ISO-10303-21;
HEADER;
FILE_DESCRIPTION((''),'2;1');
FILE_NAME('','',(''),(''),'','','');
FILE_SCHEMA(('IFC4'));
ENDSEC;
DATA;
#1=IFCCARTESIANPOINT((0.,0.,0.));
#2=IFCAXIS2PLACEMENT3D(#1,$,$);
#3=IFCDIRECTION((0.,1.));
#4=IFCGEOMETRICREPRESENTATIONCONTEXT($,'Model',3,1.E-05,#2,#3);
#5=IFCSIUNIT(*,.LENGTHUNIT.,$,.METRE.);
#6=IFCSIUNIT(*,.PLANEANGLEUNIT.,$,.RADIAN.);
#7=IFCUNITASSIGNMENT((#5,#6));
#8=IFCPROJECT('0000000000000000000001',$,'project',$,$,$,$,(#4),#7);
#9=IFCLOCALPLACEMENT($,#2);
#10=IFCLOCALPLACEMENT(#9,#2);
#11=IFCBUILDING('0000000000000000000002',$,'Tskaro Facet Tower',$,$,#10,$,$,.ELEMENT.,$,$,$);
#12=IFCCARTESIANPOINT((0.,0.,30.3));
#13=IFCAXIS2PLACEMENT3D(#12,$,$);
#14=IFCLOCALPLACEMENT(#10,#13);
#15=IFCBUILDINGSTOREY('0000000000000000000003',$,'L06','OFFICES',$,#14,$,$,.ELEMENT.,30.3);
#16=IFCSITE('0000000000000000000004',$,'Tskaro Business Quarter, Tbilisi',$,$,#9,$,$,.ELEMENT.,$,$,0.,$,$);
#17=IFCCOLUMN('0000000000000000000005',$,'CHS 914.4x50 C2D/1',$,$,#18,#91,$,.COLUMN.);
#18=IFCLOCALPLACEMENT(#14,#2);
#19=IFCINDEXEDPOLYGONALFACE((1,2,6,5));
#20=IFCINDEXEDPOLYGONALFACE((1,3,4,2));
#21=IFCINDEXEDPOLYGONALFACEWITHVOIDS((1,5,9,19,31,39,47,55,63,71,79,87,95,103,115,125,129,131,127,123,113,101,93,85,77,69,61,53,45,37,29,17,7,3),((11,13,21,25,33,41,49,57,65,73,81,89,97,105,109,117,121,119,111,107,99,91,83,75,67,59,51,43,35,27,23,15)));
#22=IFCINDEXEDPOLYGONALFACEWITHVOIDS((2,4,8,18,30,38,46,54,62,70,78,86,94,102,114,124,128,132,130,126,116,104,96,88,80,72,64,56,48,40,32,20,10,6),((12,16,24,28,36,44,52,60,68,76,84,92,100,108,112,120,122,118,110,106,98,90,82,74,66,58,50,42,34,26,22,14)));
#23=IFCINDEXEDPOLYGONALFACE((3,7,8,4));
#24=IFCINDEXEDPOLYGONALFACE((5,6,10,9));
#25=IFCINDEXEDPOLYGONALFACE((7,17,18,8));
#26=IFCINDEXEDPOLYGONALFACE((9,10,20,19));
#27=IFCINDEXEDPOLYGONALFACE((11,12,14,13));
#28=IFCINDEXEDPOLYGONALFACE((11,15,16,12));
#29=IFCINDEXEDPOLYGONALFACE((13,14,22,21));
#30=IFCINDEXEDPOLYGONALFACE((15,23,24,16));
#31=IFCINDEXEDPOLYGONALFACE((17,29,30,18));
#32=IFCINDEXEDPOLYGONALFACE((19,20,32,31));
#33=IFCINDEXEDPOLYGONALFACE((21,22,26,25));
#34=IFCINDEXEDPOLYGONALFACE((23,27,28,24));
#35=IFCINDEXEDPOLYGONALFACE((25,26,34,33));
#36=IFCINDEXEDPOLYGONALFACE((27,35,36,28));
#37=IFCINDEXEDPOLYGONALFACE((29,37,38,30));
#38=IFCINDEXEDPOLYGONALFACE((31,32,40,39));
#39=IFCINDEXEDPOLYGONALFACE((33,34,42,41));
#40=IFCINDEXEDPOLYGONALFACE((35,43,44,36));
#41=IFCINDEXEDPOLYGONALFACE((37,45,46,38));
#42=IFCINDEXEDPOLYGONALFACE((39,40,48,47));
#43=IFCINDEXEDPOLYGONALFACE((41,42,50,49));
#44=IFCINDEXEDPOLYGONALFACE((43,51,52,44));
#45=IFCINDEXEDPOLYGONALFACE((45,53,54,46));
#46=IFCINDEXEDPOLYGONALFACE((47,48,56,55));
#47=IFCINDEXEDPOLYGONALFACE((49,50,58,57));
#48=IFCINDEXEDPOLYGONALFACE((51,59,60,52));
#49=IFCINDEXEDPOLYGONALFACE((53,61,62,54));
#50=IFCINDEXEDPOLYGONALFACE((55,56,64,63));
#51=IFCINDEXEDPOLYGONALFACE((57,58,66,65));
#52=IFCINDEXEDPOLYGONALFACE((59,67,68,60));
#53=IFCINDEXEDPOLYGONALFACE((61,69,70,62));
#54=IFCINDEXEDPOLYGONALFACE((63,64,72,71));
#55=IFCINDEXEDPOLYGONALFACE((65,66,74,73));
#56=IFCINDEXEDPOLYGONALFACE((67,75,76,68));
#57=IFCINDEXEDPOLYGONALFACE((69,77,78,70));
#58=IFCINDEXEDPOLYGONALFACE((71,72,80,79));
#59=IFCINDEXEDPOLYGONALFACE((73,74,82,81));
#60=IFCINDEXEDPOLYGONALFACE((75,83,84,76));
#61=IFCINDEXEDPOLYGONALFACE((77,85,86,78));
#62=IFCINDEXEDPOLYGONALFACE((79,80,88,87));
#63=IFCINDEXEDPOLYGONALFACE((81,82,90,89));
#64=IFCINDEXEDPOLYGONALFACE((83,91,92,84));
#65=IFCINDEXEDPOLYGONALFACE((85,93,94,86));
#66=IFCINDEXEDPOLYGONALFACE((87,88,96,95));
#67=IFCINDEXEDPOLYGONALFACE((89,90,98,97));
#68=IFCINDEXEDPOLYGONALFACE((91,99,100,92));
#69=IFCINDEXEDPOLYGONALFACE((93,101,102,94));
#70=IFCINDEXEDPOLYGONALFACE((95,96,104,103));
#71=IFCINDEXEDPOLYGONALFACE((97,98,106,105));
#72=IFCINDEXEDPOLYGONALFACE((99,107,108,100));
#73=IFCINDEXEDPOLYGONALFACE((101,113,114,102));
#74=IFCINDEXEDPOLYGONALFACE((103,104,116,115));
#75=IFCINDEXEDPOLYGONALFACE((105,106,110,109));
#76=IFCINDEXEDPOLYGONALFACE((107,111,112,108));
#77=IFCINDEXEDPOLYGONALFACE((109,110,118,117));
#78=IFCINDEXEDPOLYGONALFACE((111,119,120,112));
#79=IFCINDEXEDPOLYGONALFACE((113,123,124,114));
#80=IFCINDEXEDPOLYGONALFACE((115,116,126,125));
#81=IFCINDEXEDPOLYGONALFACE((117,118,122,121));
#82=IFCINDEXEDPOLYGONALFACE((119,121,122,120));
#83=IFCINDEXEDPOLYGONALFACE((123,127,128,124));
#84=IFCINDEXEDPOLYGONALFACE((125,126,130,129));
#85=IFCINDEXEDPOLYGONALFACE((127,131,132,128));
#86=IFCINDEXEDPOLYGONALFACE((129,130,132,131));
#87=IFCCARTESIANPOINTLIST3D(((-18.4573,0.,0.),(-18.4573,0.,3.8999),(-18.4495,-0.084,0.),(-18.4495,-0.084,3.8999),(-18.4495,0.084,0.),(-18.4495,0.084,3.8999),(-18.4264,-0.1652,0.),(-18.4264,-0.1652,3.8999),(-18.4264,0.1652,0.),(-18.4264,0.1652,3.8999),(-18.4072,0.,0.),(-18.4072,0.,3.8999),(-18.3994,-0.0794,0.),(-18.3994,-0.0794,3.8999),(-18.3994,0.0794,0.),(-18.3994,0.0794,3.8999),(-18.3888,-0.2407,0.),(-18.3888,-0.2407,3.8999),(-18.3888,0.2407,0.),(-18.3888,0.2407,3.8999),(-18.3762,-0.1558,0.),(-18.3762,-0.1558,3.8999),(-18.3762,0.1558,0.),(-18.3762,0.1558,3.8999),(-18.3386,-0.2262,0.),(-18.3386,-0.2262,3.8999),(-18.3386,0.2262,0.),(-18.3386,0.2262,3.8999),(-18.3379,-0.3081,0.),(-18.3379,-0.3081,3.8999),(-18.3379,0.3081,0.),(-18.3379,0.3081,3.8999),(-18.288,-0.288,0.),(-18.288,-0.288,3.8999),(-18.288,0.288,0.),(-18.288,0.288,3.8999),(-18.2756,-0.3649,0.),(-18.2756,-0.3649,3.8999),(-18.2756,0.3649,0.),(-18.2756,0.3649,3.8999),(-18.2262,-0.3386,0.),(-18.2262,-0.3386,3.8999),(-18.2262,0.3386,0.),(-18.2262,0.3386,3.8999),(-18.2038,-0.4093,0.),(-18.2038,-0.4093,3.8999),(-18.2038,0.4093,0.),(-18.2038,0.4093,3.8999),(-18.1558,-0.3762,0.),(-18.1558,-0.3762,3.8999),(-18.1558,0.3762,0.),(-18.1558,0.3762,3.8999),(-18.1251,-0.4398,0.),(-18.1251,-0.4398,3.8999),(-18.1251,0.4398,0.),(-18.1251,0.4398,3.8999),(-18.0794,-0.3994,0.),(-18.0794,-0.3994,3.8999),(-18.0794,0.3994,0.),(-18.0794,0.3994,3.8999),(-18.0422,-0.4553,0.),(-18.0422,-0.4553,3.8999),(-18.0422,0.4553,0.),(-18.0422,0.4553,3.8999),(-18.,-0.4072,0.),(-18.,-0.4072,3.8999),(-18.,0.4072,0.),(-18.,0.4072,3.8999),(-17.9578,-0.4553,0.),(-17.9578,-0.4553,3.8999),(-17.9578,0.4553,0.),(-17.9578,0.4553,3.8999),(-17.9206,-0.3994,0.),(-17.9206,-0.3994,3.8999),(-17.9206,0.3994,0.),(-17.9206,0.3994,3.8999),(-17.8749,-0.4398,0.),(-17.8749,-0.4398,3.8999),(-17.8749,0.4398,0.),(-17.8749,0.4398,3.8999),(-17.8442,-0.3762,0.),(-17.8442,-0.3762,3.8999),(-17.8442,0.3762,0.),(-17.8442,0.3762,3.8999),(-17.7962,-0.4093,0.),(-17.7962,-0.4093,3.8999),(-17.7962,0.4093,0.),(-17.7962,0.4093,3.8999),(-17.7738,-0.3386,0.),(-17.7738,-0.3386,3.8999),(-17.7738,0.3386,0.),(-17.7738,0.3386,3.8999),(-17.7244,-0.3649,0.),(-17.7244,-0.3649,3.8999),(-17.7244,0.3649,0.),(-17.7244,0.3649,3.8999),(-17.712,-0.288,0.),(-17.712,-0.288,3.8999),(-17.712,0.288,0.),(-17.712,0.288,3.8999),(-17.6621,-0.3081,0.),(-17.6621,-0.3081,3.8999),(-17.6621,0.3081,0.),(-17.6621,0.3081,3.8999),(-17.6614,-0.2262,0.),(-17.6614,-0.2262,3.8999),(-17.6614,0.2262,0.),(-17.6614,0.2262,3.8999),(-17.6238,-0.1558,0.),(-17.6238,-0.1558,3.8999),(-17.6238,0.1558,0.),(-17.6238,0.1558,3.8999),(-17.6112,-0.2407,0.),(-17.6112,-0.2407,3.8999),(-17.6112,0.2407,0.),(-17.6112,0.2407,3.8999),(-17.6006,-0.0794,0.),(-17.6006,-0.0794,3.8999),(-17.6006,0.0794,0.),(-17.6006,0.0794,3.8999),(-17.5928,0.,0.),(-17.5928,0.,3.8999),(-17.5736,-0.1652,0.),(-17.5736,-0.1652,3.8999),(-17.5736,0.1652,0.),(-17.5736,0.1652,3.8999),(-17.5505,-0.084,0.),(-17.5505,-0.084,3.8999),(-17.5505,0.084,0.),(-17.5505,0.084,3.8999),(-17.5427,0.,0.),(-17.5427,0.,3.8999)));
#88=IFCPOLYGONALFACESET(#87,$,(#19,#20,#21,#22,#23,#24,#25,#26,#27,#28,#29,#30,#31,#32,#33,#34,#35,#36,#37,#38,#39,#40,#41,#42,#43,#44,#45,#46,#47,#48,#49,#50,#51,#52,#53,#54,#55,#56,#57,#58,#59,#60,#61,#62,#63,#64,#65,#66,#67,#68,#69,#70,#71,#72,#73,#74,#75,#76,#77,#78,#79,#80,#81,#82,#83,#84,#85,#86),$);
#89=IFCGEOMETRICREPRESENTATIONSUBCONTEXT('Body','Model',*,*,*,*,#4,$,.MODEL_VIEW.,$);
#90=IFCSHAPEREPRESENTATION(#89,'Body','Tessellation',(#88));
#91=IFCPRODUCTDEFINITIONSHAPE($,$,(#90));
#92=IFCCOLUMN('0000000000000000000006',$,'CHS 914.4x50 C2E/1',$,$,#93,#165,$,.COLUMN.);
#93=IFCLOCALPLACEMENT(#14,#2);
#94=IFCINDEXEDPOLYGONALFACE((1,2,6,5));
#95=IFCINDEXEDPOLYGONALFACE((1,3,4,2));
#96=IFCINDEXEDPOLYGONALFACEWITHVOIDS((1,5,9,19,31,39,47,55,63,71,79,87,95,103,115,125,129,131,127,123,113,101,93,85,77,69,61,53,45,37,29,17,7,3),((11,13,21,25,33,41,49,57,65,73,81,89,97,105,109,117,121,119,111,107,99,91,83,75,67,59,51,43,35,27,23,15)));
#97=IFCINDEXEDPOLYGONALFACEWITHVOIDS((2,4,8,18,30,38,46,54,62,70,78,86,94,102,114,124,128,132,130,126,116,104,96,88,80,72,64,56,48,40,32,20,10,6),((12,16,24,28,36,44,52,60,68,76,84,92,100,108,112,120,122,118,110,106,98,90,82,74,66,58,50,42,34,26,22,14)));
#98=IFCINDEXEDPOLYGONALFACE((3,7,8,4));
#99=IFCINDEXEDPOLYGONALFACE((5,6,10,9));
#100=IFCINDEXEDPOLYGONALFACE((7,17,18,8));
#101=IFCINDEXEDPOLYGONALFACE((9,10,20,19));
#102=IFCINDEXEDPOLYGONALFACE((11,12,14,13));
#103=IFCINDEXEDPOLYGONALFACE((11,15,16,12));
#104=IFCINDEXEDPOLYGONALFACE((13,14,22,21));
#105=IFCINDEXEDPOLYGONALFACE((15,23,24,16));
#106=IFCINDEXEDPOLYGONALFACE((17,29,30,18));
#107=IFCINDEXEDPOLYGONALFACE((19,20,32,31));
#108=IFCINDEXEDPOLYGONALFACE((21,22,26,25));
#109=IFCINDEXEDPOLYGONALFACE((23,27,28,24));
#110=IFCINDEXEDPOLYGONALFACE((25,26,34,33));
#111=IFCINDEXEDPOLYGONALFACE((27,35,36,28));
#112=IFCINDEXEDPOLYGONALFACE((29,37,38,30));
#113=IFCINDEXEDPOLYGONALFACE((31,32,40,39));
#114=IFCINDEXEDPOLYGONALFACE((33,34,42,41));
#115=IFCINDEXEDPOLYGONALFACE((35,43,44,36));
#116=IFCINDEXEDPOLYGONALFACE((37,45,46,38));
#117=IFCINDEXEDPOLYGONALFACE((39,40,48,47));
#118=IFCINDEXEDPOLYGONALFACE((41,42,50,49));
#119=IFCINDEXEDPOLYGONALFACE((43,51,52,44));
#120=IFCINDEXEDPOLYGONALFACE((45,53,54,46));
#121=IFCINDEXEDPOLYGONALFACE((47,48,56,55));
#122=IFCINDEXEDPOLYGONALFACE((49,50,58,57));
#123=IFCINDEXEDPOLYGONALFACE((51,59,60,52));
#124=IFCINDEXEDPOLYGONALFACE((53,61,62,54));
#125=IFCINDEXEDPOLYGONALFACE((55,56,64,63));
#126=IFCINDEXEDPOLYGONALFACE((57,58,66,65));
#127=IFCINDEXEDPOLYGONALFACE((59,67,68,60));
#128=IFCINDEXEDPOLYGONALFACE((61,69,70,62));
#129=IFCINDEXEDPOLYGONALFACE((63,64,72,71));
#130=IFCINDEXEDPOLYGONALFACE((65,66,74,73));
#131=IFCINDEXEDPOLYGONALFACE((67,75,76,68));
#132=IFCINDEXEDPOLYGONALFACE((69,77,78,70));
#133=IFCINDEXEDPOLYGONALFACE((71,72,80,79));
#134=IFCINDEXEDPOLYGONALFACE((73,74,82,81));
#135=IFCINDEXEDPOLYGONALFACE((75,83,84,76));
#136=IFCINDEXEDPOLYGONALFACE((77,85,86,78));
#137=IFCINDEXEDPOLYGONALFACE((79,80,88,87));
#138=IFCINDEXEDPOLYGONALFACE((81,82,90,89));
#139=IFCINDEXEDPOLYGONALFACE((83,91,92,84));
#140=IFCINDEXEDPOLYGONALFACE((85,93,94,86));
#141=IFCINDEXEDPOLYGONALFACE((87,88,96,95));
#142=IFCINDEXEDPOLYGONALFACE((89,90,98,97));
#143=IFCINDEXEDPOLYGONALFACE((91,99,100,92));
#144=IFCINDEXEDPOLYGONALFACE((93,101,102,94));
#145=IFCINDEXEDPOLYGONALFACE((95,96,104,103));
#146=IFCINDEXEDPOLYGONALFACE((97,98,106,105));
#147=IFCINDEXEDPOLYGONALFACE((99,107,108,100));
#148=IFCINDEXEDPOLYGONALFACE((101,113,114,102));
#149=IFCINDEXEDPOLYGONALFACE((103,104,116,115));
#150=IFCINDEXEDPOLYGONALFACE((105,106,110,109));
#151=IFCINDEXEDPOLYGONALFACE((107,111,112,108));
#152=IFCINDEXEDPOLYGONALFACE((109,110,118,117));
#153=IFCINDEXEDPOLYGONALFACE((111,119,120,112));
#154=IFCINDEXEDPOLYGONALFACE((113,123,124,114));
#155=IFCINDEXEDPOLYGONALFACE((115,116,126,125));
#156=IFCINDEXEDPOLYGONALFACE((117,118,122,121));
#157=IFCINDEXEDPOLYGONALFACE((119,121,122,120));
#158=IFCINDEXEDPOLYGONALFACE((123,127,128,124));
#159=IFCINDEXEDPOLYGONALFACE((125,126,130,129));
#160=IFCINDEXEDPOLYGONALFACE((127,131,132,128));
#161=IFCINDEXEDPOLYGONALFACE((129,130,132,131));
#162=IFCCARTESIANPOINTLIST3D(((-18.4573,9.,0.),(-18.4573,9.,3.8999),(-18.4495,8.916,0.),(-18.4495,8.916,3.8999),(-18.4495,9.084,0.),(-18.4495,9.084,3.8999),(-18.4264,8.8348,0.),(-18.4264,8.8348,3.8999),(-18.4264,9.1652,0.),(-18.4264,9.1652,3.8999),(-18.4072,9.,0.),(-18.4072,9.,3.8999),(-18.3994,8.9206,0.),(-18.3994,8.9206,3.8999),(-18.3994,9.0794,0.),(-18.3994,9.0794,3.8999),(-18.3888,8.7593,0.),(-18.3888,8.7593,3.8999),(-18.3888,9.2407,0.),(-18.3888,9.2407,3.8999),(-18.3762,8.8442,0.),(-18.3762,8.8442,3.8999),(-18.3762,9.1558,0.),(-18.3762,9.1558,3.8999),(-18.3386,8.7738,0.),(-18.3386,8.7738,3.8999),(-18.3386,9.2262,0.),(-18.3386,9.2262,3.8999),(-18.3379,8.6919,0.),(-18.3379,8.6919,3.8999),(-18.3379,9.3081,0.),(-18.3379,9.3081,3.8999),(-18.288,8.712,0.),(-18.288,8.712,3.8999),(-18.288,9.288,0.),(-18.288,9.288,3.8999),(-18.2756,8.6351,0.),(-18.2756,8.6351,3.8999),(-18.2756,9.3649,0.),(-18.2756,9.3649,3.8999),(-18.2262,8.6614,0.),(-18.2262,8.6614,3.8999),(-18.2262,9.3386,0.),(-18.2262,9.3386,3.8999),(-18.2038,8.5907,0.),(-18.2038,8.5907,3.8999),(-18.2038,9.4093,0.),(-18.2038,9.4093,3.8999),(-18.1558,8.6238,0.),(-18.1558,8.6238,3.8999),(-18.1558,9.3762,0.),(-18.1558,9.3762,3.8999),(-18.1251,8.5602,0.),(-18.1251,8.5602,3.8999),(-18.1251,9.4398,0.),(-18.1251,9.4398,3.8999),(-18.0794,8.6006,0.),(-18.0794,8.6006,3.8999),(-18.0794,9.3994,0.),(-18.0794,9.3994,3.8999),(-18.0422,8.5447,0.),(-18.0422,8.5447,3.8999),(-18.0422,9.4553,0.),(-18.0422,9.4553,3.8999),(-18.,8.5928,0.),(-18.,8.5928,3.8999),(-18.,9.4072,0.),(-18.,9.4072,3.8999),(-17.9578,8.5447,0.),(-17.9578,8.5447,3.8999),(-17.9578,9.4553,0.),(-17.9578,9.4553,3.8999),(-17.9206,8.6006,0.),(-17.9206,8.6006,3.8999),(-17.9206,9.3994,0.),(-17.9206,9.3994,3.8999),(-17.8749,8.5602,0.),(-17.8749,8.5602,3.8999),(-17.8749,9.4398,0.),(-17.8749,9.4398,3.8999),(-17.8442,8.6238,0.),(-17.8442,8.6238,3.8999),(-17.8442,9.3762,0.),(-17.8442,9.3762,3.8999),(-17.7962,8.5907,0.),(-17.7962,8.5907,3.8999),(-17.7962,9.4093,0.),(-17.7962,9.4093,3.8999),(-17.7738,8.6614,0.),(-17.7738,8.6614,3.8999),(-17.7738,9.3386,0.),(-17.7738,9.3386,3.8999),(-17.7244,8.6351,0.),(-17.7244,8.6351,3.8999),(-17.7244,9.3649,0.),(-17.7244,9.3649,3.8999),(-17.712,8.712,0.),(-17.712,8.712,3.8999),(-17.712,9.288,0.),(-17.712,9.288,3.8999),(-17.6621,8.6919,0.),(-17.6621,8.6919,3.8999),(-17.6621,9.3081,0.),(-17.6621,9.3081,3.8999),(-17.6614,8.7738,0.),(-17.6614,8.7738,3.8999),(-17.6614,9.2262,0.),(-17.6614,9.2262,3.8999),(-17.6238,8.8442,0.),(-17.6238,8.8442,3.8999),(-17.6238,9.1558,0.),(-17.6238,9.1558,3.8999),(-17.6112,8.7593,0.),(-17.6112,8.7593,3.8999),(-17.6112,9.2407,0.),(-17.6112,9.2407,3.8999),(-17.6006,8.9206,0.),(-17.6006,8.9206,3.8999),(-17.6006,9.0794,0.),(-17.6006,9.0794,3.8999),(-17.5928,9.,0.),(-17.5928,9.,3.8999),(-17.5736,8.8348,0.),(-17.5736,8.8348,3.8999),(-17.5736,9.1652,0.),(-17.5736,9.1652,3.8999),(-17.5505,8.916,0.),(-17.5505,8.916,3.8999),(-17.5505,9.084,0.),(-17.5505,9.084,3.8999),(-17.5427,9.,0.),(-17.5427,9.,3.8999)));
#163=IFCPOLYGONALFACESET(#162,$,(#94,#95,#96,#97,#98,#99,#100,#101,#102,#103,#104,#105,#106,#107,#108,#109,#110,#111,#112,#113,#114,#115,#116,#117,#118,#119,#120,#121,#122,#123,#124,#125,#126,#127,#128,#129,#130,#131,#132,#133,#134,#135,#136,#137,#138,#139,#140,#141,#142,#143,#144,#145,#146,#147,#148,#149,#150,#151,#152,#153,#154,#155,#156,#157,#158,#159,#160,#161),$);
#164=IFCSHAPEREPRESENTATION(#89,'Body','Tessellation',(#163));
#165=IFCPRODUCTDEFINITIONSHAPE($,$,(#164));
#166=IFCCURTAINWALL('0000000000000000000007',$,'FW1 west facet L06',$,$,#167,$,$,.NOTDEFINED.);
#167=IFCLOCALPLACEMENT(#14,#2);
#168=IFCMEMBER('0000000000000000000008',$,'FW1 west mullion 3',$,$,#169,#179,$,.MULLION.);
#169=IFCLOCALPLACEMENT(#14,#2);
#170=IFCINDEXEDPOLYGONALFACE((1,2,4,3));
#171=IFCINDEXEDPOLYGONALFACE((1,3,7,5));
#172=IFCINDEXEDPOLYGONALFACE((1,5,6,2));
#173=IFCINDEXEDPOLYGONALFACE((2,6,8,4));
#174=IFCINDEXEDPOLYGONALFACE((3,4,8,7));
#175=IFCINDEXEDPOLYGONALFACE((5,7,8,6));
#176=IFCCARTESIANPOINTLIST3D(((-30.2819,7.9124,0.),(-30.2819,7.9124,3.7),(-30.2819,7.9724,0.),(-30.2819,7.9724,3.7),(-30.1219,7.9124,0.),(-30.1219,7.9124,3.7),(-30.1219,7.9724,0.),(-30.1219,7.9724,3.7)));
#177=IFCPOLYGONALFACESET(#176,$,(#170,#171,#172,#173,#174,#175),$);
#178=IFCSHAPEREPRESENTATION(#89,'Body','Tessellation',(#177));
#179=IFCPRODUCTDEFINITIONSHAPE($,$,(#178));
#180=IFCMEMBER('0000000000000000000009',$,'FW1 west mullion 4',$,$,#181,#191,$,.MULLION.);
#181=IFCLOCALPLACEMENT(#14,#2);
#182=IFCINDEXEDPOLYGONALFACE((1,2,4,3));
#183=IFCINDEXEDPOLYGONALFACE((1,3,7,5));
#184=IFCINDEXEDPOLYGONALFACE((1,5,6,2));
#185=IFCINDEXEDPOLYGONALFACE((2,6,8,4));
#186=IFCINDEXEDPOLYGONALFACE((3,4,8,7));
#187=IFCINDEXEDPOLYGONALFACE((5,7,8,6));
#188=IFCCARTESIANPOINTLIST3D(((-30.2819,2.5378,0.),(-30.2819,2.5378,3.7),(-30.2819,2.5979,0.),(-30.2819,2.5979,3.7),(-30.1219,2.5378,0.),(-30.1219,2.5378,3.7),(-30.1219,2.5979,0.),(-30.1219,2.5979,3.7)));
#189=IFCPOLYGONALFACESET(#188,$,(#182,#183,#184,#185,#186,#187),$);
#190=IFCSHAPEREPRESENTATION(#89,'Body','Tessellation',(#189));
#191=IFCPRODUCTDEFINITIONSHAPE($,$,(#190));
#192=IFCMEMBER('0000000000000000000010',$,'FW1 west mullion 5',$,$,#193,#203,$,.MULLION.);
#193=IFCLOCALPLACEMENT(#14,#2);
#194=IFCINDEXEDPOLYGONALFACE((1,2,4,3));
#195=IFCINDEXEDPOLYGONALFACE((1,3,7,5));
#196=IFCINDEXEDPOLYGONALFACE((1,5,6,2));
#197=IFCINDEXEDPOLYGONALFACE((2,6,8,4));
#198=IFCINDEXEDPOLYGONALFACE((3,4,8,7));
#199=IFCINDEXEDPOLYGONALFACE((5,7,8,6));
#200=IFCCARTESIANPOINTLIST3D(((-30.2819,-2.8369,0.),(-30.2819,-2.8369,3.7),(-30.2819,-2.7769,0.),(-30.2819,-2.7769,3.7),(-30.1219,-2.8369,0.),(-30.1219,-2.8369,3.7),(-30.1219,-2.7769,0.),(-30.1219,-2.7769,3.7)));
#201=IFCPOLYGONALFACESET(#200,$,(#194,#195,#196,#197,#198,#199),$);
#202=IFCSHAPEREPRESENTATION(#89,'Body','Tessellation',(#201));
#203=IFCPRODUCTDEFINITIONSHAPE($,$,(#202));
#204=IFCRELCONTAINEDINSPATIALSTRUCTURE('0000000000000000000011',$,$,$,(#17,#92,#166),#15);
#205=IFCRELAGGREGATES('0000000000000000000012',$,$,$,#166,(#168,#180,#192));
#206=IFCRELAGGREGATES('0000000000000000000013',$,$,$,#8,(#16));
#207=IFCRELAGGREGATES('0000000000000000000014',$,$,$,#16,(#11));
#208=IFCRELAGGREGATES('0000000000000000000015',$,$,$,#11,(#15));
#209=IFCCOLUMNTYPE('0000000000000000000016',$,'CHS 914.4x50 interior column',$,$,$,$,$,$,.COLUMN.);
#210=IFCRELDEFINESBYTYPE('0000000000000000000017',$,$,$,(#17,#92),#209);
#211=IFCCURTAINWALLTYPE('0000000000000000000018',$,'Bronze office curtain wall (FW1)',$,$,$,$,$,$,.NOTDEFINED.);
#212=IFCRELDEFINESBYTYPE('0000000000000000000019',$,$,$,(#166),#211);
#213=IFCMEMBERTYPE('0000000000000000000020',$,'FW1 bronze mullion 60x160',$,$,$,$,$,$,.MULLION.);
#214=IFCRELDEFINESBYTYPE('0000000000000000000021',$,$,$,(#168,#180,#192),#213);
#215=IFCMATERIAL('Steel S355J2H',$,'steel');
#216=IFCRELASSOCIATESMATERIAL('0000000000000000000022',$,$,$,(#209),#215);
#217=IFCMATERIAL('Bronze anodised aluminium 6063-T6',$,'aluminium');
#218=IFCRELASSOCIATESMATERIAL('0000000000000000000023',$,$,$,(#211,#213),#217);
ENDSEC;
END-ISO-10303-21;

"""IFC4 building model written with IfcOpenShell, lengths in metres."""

from ifc_helpers import new_model, si_unit, direction, frame, origin, origin_2d, place, context, subcontext, project, spatial, rectangle, hollow_circle, extrude, material, material_profile, profile_set, type_object, element, aggregate, save


model = new_model("IFC4")

# Units and contexts
model_context = context("Model", 3, precision=1e-05, world=origin(), true_north=direction((0.0, 1.0)))
body_context = subcontext(model_context, "Body", "Model", "MODEL_VIEW")
ifc_project = project(units=[si_unit("LENGTHUNIT", "METRE"), si_unit("PLANEANGLEUNIT", "RADIAN")], contexts=[model_context])

# Site, building, storey
site_placement = place(None, origin())
site = spatial("IfcSite", under=ifc_project, at=site_placement, Name="Tskaro Business Quarter, Tbilisi", CompositionType="ELEMENT", RefElevation=0.0)
building_placement = place(site_placement, origin())
building = spatial("IfcBuilding", under=site, at=building_placement, Name="Tskaro Facet Tower", CompositionType="ELEMENT")
storey_placement = place(building_placement, frame((0.0, 0.0, 30.3)))
storey = spatial("IfcBuildingStorey", under=building, at=storey_placement, Name="L06", Description="OFFICES", CompositionType="ELEMENT", Elevation=30.3)

# Columns
ifc_material_1 = material(Name="Steel S355J2H", Category="steel")
ifc_material_profile_1 = material_profile(ifc_material_1, hollow_circle(Radius=0.4573, WallThickness=0.05, at=origin_2d()), Name="CHS 914.4x50")
ifc_profile_set_1 = profile_set([ifc_material_profile_1], Name="Steel S355J2H")
column_type_1 = type_object("IfcColumnType", Name="CHS 914.4x50 interior column", PredefinedType="COLUMN", material=ifc_profile_set_1)
for number, where, z_axis, x_axis, name in (
    (1, (-18.0, 0.0, 0.0), (0.0, 0.0, 1.0), (1.0, 0.0, 0.0), "CHS 914.4x50 C2D/1"),
    (2, (-18.0, 9.0, 0.0), (0.0, 0.0, 1.0), (1.0, 0.0, 0.0), "CHS 914.4x50 C2E/1"),
):
    element("IfcColumn", number, at=place(storey_placement, frame(where, z_axis=z_axis, x_axis=x_axis)), inside=storey, type_object=column_type_1, Name=name, PredefinedType="COLUMN", context=body_context, shape_type="SweptSolid", body=[
        extrude(hollow_circle(Radius=0.4573, WallThickness=0.05, at=origin_2d()), origin(), (0.0, 0.0, 1.0), 3.8999),
    ])

# Curtain wall, members
ifc_material_2 = material(Name="Bronze anodised aluminium 6063-T6", Category="aluminium")
curtain_wall_type = type_object("IfcCurtainWallType", Name="Bronze office curtain wall (FW1)", PredefinedType="NOTDEFINED", material=ifc_material_2)
curtain_wall_placement = place(storey_placement, origin())
curtain_wall = element("IfcCurtainWall", 3, at=curtain_wall_placement, inside=storey, type_object=curtain_wall_type, Name="FW1 west facet L06", PredefinedType="NOTDEFINED")
ifc_material_profile_2 = material_profile(ifc_material_2, rectangle(XDim=0.0601, YDim=0.1599, at=origin_2d()), Name="Mullion 60x160")
ifc_profile_set_2 = profile_set([ifc_material_profile_2], Name="Bronze anodised aluminium 6063-T6")
member_type_1 = type_object("IfcMemberType", Name="FW1 bronze mullion 60x160", PredefinedType="MULLION", material=ifc_profile_set_2)
member_1_placement = place(storey_placement, frame((-30.2019, 7.9424, 0.0), z_axis=(0.0, 0.0, 1.0), x_axis=(0.0, -1.0, 0.0)))
member_1 = element("IfcMember", 4, at=member_1_placement, type_object=member_type_1, Name="FW1 west mullion 3", PredefinedType="MULLION", context=body_context, shape_type="SweptSolid", body=[
    extrude(rectangle(XDim=0.0601, YDim=0.1599, at=origin_2d()), origin(), (0.0, 0.0, 1.0), 3.7),
])
member_2_placement = place(storey_placement, frame((-30.2019, 2.5679, 0.0), z_axis=(0.0, 0.0, 1.0), x_axis=(0.0, -1.0, 0.0)))
member_2 = element("IfcMember", 5, at=member_2_placement, type_object=member_type_1, Name="FW1 west mullion 4", PredefinedType="MULLION", context=body_context, shape_type="SweptSolid", body=[
    extrude(rectangle(XDim=0.0601, YDim=0.1599, at=origin_2d()), origin(), (0.0, 0.0, 1.0), 3.7),
])
member_3_placement = place(storey_placement, frame((-30.2019, -2.8069, 0.0), z_axis=(0.0, 0.0, 1.0), x_axis=(0.0, -1.0, 0.0)))
member_3 = element("IfcMember", 6, at=member_3_placement, type_object=member_type_1, Name="FW1 west mullion 5", PredefinedType="MULLION", context=body_context, shape_type="SweptSolid", body=[
    extrude(rectangle(XDim=0.0601, YDim=0.1599, at=origin_2d()), origin(), (0.0, 0.0, 1.0), 3.7),
])

aggregate(curtain_wall, [member_1, member_2, member_3])

save(model, "model.ifc")
